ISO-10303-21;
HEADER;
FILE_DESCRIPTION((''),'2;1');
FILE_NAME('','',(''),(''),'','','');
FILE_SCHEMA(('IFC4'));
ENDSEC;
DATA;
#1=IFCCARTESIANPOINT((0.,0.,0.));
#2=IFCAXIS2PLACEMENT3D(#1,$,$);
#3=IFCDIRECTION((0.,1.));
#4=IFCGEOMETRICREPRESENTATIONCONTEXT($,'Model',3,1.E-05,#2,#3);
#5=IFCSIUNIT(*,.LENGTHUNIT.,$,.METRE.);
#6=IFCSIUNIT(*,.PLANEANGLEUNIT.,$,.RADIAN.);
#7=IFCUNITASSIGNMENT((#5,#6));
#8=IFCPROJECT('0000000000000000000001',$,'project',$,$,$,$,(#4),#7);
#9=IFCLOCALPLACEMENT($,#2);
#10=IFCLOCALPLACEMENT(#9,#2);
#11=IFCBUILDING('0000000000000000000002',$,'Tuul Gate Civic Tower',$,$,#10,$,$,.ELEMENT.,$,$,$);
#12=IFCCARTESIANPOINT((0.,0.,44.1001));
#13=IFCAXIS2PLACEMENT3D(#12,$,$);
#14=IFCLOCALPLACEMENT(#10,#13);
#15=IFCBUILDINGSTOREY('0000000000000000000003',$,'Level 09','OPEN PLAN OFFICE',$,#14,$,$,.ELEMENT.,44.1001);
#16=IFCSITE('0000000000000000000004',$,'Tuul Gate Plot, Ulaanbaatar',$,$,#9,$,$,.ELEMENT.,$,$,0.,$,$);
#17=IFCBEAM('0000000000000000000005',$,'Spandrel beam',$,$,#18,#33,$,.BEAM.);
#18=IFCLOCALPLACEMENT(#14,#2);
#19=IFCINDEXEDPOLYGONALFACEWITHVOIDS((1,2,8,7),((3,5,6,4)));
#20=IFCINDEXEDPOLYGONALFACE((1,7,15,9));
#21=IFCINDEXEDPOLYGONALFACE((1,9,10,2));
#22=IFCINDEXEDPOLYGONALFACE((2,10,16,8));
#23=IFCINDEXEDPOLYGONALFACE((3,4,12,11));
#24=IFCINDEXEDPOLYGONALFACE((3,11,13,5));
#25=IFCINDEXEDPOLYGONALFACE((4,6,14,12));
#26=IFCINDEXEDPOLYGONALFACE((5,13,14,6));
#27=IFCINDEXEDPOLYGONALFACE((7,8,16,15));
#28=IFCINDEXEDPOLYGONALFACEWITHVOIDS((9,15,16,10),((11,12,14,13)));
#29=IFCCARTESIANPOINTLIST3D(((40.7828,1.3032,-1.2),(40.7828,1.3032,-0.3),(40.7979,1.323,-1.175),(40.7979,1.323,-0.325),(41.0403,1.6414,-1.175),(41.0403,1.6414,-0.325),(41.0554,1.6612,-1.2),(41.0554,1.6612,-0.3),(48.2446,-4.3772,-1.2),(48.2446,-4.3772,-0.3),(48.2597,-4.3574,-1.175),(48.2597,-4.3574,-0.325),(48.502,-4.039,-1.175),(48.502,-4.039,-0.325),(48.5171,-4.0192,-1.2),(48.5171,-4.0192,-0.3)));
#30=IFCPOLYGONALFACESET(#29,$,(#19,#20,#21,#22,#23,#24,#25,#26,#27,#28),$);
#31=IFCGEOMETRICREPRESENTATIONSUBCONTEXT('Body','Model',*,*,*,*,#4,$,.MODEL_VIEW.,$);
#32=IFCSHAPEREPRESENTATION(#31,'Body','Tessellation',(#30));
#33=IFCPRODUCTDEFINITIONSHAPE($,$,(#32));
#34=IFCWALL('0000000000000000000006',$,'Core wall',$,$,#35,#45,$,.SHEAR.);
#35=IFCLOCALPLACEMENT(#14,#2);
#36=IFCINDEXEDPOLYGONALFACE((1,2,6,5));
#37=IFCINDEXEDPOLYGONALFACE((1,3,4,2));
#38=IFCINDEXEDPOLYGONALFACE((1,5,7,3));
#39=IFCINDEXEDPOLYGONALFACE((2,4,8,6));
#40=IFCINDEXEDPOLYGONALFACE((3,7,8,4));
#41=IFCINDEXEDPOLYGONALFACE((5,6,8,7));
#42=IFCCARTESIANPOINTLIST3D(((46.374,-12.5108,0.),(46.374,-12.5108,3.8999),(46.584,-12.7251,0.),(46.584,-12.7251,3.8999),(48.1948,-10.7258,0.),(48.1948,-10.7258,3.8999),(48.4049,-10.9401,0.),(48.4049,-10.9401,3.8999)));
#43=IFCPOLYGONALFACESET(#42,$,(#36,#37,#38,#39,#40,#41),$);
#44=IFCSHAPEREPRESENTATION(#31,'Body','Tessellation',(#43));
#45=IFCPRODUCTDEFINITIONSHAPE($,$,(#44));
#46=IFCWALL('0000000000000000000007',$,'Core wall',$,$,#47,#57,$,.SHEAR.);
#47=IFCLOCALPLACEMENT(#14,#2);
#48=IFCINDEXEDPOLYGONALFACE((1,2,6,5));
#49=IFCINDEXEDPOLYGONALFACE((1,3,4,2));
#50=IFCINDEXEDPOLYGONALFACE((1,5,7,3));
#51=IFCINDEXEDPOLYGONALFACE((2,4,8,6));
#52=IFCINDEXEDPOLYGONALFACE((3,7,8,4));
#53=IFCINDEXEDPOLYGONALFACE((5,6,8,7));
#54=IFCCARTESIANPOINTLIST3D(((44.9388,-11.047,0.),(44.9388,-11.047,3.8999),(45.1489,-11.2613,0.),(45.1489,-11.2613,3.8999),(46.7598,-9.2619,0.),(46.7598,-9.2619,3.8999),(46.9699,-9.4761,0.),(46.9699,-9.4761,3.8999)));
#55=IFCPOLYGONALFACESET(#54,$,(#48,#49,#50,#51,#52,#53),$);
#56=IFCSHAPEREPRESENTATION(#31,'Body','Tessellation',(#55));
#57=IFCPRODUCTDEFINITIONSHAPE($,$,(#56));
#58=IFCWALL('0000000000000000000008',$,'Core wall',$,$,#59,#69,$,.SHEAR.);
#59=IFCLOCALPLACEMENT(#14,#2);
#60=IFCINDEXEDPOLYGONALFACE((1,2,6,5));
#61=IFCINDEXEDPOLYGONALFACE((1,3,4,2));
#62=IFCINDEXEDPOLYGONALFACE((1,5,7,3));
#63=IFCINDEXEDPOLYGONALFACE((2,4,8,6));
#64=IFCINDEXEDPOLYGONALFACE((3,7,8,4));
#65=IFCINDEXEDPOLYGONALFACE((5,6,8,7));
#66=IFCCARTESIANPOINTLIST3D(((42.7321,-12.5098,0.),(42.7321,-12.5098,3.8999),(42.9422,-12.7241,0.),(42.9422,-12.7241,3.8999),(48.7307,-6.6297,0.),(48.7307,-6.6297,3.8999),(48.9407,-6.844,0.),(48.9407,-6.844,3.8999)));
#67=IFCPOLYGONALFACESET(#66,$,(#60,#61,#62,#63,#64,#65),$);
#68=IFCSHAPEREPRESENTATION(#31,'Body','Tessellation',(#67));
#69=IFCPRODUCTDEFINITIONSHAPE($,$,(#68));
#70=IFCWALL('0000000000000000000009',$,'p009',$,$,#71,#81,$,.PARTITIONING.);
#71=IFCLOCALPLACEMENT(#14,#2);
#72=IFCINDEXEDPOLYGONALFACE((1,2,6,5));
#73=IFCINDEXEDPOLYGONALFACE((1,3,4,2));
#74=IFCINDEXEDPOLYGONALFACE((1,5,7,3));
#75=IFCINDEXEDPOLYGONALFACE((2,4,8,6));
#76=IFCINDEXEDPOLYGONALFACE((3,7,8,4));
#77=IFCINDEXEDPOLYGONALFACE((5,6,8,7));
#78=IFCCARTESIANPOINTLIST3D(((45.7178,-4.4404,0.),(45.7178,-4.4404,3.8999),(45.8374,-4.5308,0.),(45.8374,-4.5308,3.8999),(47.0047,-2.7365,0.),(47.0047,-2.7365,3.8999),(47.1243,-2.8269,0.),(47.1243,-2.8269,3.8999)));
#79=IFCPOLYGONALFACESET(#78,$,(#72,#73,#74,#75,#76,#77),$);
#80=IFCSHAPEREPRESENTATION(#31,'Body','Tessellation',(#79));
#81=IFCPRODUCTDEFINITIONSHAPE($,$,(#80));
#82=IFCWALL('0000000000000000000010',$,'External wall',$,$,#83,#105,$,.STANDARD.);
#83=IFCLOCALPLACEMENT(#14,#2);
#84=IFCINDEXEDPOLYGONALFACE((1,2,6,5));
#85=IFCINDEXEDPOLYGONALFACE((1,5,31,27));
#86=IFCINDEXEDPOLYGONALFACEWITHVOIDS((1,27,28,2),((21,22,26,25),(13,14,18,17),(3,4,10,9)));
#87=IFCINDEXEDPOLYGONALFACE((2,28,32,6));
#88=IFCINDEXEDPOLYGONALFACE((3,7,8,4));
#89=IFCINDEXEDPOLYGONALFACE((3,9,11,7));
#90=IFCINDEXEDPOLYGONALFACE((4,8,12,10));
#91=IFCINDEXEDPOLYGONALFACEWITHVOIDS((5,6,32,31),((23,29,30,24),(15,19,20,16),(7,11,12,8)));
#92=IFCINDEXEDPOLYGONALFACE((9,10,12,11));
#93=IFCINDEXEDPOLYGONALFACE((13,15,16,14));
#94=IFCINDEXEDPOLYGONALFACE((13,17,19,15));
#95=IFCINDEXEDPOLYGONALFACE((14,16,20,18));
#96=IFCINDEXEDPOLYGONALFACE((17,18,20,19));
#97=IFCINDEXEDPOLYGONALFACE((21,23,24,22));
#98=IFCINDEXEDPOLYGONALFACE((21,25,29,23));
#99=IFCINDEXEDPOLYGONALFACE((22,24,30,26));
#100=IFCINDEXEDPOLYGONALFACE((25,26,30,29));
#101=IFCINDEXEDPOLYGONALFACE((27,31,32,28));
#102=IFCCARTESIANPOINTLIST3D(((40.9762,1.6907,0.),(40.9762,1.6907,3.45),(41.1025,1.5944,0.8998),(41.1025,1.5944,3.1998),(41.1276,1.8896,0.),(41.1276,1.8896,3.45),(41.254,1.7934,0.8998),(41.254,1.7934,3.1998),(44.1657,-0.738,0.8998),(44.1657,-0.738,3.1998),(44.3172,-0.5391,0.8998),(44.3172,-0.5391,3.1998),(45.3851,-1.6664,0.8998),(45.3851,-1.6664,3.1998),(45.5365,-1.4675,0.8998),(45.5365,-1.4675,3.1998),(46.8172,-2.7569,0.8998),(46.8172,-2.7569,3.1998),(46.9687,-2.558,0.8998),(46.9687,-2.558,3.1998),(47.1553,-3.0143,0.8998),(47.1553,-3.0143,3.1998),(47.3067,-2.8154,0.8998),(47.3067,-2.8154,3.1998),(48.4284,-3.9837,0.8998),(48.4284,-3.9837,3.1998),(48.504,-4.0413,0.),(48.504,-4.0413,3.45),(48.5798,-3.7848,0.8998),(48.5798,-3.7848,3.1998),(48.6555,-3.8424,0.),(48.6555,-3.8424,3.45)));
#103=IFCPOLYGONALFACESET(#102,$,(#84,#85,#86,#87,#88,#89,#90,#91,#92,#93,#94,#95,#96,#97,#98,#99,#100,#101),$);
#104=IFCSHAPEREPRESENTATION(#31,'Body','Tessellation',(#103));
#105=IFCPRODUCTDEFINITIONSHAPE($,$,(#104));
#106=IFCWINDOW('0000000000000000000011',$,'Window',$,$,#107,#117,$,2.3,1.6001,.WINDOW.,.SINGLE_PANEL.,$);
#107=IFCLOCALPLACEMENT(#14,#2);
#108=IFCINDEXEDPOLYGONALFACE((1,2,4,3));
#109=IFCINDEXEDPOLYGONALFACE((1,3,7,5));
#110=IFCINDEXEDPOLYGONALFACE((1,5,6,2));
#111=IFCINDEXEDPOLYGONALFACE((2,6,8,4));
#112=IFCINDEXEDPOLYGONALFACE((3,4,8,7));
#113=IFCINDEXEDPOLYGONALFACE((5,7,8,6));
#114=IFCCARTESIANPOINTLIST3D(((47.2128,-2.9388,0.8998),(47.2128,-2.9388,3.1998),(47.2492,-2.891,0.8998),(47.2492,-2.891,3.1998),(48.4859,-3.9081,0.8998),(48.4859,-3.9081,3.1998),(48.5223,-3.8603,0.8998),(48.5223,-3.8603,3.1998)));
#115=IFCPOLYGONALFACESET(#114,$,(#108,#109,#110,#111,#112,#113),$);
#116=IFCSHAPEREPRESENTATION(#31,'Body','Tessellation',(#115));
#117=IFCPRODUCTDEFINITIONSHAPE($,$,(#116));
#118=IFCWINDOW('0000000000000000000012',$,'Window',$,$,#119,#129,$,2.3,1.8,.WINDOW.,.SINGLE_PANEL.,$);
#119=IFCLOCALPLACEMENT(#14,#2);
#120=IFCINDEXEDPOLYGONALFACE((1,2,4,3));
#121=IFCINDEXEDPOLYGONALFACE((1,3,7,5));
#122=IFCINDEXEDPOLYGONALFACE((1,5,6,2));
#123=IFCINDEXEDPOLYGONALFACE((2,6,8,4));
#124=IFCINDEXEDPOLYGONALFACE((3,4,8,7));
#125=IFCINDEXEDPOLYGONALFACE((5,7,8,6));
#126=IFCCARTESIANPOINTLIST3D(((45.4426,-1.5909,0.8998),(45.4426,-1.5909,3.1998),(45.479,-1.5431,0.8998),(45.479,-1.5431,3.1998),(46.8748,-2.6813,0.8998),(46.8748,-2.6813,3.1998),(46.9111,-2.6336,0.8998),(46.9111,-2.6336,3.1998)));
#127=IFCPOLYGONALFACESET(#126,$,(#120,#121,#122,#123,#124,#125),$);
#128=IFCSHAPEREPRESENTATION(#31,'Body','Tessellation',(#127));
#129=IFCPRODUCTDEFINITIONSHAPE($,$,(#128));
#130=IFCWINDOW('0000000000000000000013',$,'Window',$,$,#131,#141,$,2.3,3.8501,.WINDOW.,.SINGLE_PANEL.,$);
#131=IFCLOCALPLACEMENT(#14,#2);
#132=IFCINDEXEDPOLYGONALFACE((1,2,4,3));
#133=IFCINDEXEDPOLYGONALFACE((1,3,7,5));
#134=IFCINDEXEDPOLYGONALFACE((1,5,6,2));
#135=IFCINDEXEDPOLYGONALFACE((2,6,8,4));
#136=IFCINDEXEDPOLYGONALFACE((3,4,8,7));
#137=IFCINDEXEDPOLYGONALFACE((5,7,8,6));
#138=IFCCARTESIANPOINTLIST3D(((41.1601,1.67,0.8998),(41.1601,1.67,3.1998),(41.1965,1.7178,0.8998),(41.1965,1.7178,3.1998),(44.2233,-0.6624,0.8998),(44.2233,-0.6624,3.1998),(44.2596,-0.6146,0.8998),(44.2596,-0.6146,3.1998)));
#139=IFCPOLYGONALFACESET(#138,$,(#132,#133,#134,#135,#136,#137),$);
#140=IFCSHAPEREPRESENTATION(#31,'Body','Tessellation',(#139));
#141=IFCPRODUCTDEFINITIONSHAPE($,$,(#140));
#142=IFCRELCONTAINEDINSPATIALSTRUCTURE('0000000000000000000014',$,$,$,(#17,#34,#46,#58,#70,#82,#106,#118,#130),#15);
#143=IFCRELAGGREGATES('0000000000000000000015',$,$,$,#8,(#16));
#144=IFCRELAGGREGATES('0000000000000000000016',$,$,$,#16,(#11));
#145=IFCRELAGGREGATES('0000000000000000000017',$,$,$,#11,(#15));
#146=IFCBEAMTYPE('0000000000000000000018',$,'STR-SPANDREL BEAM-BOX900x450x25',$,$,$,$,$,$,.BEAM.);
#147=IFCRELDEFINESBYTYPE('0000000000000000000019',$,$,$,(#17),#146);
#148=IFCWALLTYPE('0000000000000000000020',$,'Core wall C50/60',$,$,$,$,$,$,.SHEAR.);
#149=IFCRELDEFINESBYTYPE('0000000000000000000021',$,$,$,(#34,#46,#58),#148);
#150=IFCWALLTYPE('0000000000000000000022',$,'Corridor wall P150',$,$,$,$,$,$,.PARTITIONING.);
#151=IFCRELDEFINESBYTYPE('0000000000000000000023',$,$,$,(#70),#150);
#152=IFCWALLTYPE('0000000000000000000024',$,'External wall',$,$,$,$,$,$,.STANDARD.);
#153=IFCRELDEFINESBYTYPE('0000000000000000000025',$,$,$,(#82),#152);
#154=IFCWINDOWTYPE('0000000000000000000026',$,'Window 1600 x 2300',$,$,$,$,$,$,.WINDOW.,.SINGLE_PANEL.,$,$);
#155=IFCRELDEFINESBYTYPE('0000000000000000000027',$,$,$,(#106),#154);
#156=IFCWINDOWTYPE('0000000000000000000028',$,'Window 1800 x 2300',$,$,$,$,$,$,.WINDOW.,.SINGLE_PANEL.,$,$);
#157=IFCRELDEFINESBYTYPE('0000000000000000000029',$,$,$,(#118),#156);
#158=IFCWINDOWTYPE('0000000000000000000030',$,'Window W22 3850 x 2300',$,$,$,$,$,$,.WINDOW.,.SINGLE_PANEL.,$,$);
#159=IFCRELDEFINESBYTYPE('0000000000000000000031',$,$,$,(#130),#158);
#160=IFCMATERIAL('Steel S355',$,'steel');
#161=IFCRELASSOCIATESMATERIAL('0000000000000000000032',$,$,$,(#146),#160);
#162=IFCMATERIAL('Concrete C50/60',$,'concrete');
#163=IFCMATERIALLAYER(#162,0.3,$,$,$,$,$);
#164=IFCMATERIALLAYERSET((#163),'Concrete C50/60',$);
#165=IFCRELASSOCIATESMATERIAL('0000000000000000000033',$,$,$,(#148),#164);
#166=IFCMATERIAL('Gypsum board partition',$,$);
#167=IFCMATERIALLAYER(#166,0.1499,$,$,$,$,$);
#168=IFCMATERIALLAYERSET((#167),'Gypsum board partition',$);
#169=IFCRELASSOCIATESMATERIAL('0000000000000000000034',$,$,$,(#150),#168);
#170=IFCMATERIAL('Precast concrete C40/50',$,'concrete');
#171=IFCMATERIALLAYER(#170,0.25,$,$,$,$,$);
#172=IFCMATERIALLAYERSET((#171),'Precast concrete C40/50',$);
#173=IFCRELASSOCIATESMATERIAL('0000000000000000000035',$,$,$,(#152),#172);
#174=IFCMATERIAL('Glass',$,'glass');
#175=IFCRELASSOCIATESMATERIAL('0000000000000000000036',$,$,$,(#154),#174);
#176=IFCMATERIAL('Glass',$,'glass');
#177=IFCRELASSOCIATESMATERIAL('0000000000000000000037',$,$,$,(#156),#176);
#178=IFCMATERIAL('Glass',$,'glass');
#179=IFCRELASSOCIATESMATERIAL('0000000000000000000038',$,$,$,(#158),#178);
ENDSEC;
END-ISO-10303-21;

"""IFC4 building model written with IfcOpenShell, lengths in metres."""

from ifc_helpers import new_model, si_unit, direction, frame, frame_2d, origin, origin_2d, place, context, subcontext, project, spatial, rectangle, hollow_rectangle, extrude, material, layer, layer_set, material_profile, profile_set, type_object, element, fill, save


model = new_model("IFC4")

# Units and contexts
model_context = context("Model", 3, precision=1e-05, world=origin(), true_north=direction((0.0, 1.0)))
body_context = subcontext(model_context, "Body", "Model", "MODEL_VIEW")
ifc_project = project(units=[si_unit("LENGTHUNIT", "METRE"), si_unit("PLANEANGLEUNIT", "RADIAN")], contexts=[model_context])

# Site, building, storey
site_placement = place(None, origin())
site = spatial("IfcSite", under=ifc_project, at=site_placement, Name="Tuul Gate Plot, Ulaanbaatar", CompositionType="ELEMENT", RefElevation=0.0)
building_placement = place(site_placement, origin())
building = spatial("IfcBuilding", under=site, at=building_placement, Name="Tuul Gate Civic Tower", CompositionType="ELEMENT")
storey_placement = place(building_placement, frame((0.0, 0.0, 44.1001)))
storey = spatial("IfcBuildingStorey", under=building, at=storey_placement, Name="Level 09", Description="OPEN PLAN OFFICE", CompositionType="ELEMENT", Elevation=44.1001)

# Beam
ifc_material_1 = material(Name="Steel S355", Category="steel")
ifc_material_profile = material_profile(ifc_material_1, hollow_rectangle(XDim=0.45, YDim=0.8999, WallThickness=0.0249, at=origin_2d()), Name="BOX900x450x25")
ifc_profile_set = profile_set([ifc_material_profile], Name="Steel S355")
beam_type = type_object("IfcBeamType", Name="STR-SPANDREL BEAM-BOX900x450x25", PredefinedType="BEAM", material=ifc_profile_set)
beam_placement = place(storey_placement, frame((48.3809, -4.1982, -0.75), z_axis=(-0.795671, 0.605729, 0.0), x_axis=(-0.605729, -0.795671, 0.0)))
element("IfcBeam", 1, at=beam_placement, inside=storey, type_object=beam_type, Name="Spandrel beam", PredefinedType="BEAM", context=body_context, shape_type="SweptSolid", body=[
    extrude(hollow_rectangle(XDim=0.45, YDim=0.8999, WallThickness=0.0249, at=origin_2d()), origin(), (0.0, 0.0, 1.0), 9.3779),
])

# Walls
ifc_material_2 = material(Name="Concrete C50/60", Category="concrete")
ifc_layer_1 = layer(ifc_material_2, 0.3)
ifc_layer_set_1 = layer_set([ifc_layer_1], Name="Concrete C50/60")
wall_type_1 = type_object("IfcWallType", Name="Core wall C50/60", PredefinedType="SHEAR", material=ifc_layer_set_1)
wall_1_placement = place(storey_placement, frame((46.479, -12.6179, 0.0), z_axis=(0.0, 0.0, 1.0), x_axis=(0.714109, 0.700034, 0.0)))
element("IfcWall", 2, at=wall_1_placement, inside=storey, type_object=wall_type_1, Name="Core wall", PredefinedType="SHEAR", context=body_context, shape_type="SweptSolid", body=[
    extrude(rectangle(XDim=2.5498, YDim=0.3, at=frame_2d((1.2749, 0.0))), origin(), (0.0, 0.0, 1.0), 3.8999),
])
wall_2_placement = place(storey_placement, frame((45.0439, -11.1541, 0.0), z_axis=(0.0, 0.0, 1.0), x_axis=(0.714108, 0.700035, 0.0)))
element("IfcWall", 3, at=wall_2_placement, inside=storey, type_object=wall_type_1, Name="Core wall", PredefinedType="SHEAR", context=body_context, shape_type="SweptSolid", body=[
    extrude(rectangle(XDim=2.55, YDim=0.3, at=frame_2d((1.2749, 0.0))), origin(), (0.0, 0.0, 1.0), 3.8999),
])
wall_3_placement = place(storey_placement, frame((42.8372, -12.6169, 0.0), z_axis=(0.0, 0.0, 1.0), x_axis=(0.71412, 0.700023, 0.0)))
element("IfcWall", 4, at=wall_3_placement, inside=storey, type_object=wall_type_1, Name="Core wall", PredefinedType="SHEAR", context=body_context, shape_type="SweptSolid", body=[
    extrude(rectangle(XDim=8.3999, YDim=0.3, at=frame_2d((4.2, 0.0))), origin(), (0.0, 0.0, 1.0), 3.8999),
])
ifc_material_3 = material(Name="Gypsum board partition")
ifc_layer_2 = layer(ifc_material_3, 0.1499)
ifc_layer_set_2 = layer_set([ifc_layer_2], Name="Gypsum board partition")
wall_type_2 = type_object("IfcWallType", Name="Corridor wall P150", PredefinedType="PARTITIONING", material=ifc_layer_set_2)
wall_4_placement = place(storey_placement, frame((45.7776, -4.4856, 0.0), z_axis=(0.0, 0.0, 1.0), x_axis=(0.602686, 0.797979, 0.0)))
element("IfcWall", 5, at=wall_4_placement, inside=storey, type_object=wall_type_2, Name="p009", PredefinedType="PARTITIONING", context=body_context, shape_type="SweptSolid", body=[
    extrude(rectangle(XDim=2.1353, YDim=0.1499, at=frame_2d((1.0676, 0.0))), origin(), (0.0, 0.0, 1.0), 3.8999),
])

# Wall, openings, windows
ifc_material_4 = material(Name="Precast concrete C40/50", Category="concrete")
ifc_layer_3 = layer(ifc_material_4, 0.25)
ifc_layer_set_3 = layer_set([ifc_layer_3], Name="Precast concrete C40/50")
wall_type_3 = type_object("IfcWallType", Name="External wall", PredefinedType="STANDARD", material=ifc_layer_set_3)
wall_5_placement = place(storey_placement, frame((48.5798, -3.9419, 0.0), z_axis=(0.0, 0.0, 1.0), x_axis=(-0.795613, 0.605805, 0.0)))
wall_5 = element("IfcWall", 6, at=wall_5_placement, inside=storey, type_object=wall_type_3, Name="External wall", PredefinedType="STANDARD", context=body_context, shape_type="SweptSolid", body=[
    extrude(rectangle(XDim=9.4617, YDim=0.25, at=frame_2d((4.731, 0.0))), origin(), (0.0, 0.0, 1.0), 3.45),
])
opening_1_placement = place(wall_5_placement, frame((5.4529, 0.0, 0.8999)))
opening_1 = element("IfcOpeningElement", 7, at=opening_1_placement, cuts=wall_5, PredefinedType="OPENING", context=body_context, shape_type="SweptSolid", body=[
    extrude(rectangle(XDim=3.8501, YDim=2.3, at=frame_2d((1.925, 1.1499))), frame((0.0, 0.135, 0.0), z_axis=(0.0, -1.0, 0.0), x_axis=(1.0, 0.0, 0.0)), (0.0, 0.0, 1.0), 0.27),
])
opening_2_placement = place(wall_5_placement, frame((0.0952, 0.0, 0.8999)))
opening_2 = element("IfcOpeningElement", 8, at=opening_2_placement, cuts=wall_5, PredefinedType="OPENING", context=body_context, shape_type="SweptSolid", body=[
    extrude(rectangle(XDim=1.6001, YDim=2.3, at=frame_2d((0.8, 1.1499))), frame((0.0, 0.135, 0.0), z_axis=(0.0, -1.0, 0.0), x_axis=(1.0, 0.0, 0.0)), (0.0, 0.0, 1.0), 0.27),
])
opening_3_placement = place(wall_5_placement, frame((2.1204, 0.0, 0.8999)))
opening_3 = element("IfcOpeningElement", 9, at=opening_3_placement, cuts=wall_5, PredefinedType="OPENING", context=body_context, shape_type="SweptSolid", body=[
    extrude(rectangle(XDim=1.8, YDim=2.3, at=frame_2d((0.8999, 1.1499))), frame((0.0, 0.135, 0.0), z_axis=(0.0, -1.0, 0.0), x_axis=(1.0, 0.0, 0.0)), (0.0, 0.0, 1.0), 0.27),
])
ifc_material_5 = material(Name="Glass", Category="glass")
window_type_1 = type_object("IfcWindowType", Name="Window 1600 x 2300", PartitioningType="SINGLE_PANEL", PredefinedType="WINDOW", material=ifc_material_5)
window_1_placement = place(opening_2_placement, origin())
window_1 = element("IfcWindow", 10, at=window_1_placement, inside=storey, type_object=window_type_1, Name="Window", OverallHeight=2.3, OverallWidth=1.6001, PartitioningType="SINGLE_PANEL", PredefinedType="WINDOW", context=body_context, shape_type="SweptSolid", body=[
    extrude(rectangle(XDim=1.6001, YDim=2.3, at=frame_2d((0.8, 1.1499))), frame((0.0, 0.03, 0.0), z_axis=(0.0, -1.0, 0.0), x_axis=(1.0, 0.0, 0.0)), (0.0, 0.0, 1.0), 0.0601),
])
fill(opening_2, window_1)
ifc_material_6 = material(Name="Glass", Category="glass")
window_type_2 = type_object("IfcWindowType", Name="Window 1800 x 2300", PartitioningType="SINGLE_PANEL", PredefinedType="WINDOW", material=ifc_material_6)
window_2_placement = place(opening_3_placement, origin())
window_2 = element("IfcWindow", 11, at=window_2_placement, inside=storey, type_object=window_type_2, Name="Window", OverallHeight=2.3, OverallWidth=1.8, PartitioningType="SINGLE_PANEL", PredefinedType="WINDOW", context=body_context, shape_type="SweptSolid", body=[
    extrude(rectangle(XDim=1.8, YDim=2.3, at=frame_2d((0.8999, 1.1499))), frame((0.0, 0.03, 0.0), z_axis=(0.0, -1.0, 0.0), x_axis=(1.0, 0.0, 0.0)), (0.0, 0.0, 1.0), 0.0601),
])
fill(opening_3, window_2)
ifc_material_7 = material(Name="Glass", Category="glass")
window_type_3 = type_object("IfcWindowType", Name="Window W22 3850 x 2300", PartitioningType="SINGLE_PANEL", PredefinedType="WINDOW", material=ifc_material_7)
window_3_placement = place(opening_1_placement, origin())
window_3 = element("IfcWindow", 12, at=window_3_placement, inside=storey, type_object=window_type_3, Name="Window", OverallHeight=2.3, OverallWidth=3.8501, PartitioningType="SINGLE_PANEL", PredefinedType="WINDOW", context=body_context, shape_type="SweptSolid", body=[
    extrude(rectangle(XDim=3.8501, YDim=2.3, at=frame_2d((1.925, 1.1499))), frame((0.0, 0.03, 0.0), z_axis=(0.0, -1.0, 0.0), x_axis=(1.0, 0.0, 0.0)), (0.0, 0.0, 1.0), 0.0601),
])
fill(opening_1, window_3)

save(model, "model.ifc")
